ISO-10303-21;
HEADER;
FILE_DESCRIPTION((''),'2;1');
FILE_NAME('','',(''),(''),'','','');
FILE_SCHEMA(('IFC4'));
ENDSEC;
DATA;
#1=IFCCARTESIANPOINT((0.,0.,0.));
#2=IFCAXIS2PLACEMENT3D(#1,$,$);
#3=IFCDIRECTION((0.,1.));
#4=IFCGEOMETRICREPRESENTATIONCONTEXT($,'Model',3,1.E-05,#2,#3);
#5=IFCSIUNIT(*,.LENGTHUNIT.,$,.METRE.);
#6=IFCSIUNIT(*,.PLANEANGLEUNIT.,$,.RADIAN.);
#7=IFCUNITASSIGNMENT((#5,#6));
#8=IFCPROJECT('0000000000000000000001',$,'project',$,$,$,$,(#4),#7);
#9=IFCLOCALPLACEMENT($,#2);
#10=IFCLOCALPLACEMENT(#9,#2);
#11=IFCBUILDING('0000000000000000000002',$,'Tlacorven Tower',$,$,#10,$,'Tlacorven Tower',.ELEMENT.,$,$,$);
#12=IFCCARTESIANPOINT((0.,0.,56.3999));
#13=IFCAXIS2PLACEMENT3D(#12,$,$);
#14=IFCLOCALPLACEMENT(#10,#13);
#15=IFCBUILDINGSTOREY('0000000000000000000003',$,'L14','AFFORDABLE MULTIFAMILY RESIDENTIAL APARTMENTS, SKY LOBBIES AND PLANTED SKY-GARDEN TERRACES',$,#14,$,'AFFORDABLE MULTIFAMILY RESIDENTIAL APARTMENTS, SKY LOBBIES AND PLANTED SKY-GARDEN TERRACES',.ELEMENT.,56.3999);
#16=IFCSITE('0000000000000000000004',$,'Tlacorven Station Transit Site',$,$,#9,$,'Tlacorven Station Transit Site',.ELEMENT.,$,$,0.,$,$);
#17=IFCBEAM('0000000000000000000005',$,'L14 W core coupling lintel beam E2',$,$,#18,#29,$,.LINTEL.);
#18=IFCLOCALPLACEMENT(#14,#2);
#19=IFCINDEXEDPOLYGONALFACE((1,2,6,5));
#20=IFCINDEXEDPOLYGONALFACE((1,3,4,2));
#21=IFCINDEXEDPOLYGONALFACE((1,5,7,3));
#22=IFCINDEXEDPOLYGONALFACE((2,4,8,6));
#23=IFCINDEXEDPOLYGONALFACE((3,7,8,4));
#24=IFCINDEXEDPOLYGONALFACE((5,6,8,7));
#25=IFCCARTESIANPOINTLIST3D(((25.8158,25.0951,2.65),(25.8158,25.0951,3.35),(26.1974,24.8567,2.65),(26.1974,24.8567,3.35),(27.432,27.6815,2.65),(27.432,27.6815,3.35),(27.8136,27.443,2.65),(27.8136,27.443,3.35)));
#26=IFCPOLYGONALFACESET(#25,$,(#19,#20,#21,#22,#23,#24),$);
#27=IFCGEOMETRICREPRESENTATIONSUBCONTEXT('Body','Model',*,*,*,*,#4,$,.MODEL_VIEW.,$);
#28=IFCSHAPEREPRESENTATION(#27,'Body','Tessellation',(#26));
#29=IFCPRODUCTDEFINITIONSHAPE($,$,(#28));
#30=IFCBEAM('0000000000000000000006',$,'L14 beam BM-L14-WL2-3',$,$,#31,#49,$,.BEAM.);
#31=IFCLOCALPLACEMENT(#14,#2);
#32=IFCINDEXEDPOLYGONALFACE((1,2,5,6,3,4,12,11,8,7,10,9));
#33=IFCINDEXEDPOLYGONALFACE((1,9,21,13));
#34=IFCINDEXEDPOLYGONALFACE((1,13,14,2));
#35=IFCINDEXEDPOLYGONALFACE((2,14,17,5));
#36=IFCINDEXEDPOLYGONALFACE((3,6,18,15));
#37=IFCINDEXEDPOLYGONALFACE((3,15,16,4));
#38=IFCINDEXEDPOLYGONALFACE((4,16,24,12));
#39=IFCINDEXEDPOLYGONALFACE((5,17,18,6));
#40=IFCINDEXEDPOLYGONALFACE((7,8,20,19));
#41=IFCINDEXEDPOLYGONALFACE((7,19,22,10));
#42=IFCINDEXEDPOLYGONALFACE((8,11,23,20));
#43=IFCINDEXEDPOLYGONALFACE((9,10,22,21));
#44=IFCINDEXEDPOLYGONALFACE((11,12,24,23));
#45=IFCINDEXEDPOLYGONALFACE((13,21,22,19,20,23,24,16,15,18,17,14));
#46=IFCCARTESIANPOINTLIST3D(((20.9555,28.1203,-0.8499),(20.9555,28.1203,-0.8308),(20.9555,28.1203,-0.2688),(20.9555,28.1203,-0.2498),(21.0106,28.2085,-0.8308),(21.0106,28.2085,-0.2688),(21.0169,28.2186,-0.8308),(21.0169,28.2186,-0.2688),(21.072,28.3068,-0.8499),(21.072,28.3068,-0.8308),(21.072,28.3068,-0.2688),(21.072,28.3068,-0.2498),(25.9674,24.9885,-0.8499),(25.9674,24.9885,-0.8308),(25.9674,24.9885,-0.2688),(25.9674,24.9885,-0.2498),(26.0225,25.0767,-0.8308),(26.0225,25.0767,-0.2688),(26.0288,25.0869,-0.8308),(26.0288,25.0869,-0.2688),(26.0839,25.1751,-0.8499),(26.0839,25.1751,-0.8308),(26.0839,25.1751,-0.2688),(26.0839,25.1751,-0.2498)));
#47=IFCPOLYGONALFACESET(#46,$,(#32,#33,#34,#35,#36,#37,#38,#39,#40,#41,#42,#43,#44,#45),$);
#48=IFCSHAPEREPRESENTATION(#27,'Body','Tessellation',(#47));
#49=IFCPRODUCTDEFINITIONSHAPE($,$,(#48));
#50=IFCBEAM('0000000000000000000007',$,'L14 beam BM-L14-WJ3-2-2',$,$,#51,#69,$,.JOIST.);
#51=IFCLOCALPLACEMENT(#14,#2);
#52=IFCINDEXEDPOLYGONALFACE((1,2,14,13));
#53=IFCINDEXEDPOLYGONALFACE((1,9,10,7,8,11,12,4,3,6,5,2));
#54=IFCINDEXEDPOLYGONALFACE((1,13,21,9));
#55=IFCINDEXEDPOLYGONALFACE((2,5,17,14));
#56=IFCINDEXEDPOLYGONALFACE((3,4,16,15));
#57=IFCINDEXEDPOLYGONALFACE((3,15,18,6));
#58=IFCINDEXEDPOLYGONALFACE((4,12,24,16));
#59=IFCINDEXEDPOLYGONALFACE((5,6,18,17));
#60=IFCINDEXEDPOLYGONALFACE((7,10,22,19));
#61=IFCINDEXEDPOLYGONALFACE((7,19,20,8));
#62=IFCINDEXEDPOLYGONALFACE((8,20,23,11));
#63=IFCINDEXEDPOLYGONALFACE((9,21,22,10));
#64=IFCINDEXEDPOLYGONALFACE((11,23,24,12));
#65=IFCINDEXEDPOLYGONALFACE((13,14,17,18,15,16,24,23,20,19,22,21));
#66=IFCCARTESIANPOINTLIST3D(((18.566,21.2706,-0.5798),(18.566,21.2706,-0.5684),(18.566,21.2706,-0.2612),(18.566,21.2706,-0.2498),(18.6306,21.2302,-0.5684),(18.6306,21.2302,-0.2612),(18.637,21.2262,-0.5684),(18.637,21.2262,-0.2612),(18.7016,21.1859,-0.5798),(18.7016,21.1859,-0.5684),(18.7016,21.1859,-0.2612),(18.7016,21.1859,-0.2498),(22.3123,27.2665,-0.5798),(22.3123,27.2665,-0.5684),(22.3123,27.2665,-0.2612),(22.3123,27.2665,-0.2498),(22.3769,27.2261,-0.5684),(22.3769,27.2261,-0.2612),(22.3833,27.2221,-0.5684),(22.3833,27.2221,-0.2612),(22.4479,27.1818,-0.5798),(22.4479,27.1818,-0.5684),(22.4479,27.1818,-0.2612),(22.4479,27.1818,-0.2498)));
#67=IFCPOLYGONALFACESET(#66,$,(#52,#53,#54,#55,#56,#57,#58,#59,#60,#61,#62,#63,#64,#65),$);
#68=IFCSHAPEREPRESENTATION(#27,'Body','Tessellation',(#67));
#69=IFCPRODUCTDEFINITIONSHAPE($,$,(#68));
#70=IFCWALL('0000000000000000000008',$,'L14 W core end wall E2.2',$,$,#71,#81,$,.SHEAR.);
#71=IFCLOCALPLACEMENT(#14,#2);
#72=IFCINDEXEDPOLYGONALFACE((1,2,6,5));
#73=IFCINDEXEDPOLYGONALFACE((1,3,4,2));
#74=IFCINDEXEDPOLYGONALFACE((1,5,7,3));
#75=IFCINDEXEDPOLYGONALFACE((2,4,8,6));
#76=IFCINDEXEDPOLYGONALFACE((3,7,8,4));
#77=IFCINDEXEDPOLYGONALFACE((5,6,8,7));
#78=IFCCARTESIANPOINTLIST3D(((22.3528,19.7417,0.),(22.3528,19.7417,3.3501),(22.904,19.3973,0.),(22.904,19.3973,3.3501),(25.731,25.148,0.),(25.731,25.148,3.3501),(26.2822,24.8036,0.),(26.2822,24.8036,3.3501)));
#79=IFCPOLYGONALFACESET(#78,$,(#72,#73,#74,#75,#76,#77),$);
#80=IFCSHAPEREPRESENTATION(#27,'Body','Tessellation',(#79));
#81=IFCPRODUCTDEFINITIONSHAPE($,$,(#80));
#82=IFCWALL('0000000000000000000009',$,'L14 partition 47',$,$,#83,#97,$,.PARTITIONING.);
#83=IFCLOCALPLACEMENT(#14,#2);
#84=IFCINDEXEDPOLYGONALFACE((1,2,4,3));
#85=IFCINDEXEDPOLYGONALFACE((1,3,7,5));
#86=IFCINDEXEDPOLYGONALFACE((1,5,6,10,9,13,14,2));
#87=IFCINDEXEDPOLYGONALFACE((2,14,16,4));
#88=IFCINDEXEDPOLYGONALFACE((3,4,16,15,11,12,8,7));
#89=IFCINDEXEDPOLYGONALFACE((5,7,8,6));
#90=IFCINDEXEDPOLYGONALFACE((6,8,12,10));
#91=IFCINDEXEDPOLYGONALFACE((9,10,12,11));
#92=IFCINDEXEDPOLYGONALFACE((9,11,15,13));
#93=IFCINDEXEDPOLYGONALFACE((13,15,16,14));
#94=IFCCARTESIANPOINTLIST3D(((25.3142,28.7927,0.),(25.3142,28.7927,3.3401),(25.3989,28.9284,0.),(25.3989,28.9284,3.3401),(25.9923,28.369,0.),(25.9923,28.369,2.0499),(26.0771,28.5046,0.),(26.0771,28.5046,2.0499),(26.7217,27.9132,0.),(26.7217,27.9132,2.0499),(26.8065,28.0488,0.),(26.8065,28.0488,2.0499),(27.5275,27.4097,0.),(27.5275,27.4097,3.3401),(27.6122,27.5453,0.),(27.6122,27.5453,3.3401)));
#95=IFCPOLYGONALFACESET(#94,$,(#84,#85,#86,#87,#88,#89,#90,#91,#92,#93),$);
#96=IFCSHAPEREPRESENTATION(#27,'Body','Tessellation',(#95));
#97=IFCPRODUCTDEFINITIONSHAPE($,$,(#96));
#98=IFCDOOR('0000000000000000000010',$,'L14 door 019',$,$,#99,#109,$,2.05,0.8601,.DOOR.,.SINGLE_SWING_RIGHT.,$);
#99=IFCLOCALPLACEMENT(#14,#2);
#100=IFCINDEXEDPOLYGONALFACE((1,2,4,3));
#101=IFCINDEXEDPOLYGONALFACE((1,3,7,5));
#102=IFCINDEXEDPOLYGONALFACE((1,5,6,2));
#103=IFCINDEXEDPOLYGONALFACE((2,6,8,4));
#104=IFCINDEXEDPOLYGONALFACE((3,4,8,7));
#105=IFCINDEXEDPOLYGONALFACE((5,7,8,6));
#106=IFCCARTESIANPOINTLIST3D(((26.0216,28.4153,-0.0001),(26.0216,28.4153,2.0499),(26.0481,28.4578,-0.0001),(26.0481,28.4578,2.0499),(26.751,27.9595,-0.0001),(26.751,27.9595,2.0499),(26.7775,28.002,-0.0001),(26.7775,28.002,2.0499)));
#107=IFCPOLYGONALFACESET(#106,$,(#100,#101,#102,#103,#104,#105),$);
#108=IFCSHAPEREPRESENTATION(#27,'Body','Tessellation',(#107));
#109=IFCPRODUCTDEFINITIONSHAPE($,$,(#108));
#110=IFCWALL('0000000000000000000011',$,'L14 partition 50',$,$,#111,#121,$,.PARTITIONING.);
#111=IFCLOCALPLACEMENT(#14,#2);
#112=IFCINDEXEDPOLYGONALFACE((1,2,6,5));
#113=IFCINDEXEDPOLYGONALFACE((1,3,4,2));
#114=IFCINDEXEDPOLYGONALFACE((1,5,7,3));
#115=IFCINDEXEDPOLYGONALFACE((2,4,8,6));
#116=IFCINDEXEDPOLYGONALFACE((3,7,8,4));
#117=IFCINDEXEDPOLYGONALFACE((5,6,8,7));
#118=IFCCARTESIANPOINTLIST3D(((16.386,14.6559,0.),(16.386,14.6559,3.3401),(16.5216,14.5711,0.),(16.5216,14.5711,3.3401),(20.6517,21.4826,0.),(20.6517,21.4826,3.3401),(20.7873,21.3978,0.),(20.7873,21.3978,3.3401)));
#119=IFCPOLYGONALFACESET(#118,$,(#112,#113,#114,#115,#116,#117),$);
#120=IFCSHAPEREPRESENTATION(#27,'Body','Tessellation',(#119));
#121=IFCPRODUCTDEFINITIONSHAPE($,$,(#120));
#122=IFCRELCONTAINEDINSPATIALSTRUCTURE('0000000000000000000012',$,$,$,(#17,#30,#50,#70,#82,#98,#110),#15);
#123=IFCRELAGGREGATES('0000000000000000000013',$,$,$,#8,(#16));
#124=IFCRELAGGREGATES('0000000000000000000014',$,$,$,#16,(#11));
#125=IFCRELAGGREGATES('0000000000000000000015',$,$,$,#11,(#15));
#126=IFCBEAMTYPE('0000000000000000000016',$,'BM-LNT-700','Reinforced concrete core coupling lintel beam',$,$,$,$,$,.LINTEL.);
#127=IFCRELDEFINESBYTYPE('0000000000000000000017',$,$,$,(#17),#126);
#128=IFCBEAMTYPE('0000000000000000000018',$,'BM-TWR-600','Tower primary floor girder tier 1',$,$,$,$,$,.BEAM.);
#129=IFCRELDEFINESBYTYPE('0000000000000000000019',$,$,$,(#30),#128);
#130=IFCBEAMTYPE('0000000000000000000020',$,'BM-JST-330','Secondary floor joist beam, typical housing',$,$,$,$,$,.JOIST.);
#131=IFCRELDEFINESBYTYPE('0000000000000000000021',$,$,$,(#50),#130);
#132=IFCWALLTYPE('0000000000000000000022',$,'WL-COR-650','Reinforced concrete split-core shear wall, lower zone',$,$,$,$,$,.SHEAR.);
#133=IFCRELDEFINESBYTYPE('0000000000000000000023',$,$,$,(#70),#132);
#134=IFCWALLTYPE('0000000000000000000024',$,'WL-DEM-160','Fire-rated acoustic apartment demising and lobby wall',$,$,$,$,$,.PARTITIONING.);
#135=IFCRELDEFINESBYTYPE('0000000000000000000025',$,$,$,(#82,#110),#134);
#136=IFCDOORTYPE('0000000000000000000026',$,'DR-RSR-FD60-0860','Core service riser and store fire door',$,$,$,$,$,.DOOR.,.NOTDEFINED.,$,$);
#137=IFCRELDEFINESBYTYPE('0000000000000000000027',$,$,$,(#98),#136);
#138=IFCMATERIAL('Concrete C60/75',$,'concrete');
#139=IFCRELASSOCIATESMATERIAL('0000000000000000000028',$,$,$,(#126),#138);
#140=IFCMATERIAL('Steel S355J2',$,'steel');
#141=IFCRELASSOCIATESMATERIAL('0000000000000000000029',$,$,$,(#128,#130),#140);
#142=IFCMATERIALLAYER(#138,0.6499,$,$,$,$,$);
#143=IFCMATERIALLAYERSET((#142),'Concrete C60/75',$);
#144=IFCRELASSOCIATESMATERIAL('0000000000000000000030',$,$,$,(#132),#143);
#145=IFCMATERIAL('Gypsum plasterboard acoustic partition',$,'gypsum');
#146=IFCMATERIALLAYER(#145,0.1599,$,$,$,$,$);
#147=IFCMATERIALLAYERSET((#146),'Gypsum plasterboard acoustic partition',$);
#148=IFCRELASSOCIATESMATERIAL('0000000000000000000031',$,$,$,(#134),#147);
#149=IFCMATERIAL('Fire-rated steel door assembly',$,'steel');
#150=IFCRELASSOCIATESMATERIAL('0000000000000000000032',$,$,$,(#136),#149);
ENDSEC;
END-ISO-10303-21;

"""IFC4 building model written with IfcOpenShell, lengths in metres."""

from ifc_helpers import new_model, si_unit, direction, frame, frame_2d, origin, origin_2d, place, context, subcontext, project, spatial, rectangle, i_section, extrude, source, transform, mapped, material, layer, layer_set, material_profile, profile_set, type_object, element, fill, save


model = new_model("IFC4")

# Units and contexts
model_context = context("Model", 3, precision=1e-05, world=origin(), true_north=direction((0.0, 1.0)))
body_context = subcontext(model_context, "Body", "Model", "MODEL_VIEW")
ifc_project = project(units=[si_unit("LENGTHUNIT", "METRE"), si_unit("PLANEANGLEUNIT", "RADIAN")], contexts=[model_context])

# Site, building, storey
site_placement = place(None, origin())
site = spatial("IfcSite", under=ifc_project, at=site_placement, Name="Tlacorven Station Transit Site", LongName="Tlacorven Station Transit Site", CompositionType="ELEMENT", RefElevation=0.0)
building_placement = place(site_placement, origin())
building = spatial("IfcBuilding", under=site, at=building_placement, Name="Tlacorven Tower", LongName="Tlacorven Tower", CompositionType="ELEMENT")
storey_placement = place(building_placement, frame((0.0, 0.0, 56.3999)))
storey = spatial("IfcBuildingStorey", under=building, at=storey_placement, Name="L14", Description="AFFORDABLE MULTIFAMILY RESIDENTIAL APARTMENTS, SKY LOBBIES AND PLANTED SKY-GARDEN TERRACES", LongName="AFFORDABLE MULTIFAMILY RESIDENTIAL APARTMENTS, SKY LOBBIES AND PLANTED SKY-GARDEN TERRACES", CompositionType="ELEMENT", Elevation=56.3999)

# Beams
ifc_material_1 = material(Name="Concrete C60/75", Category="concrete")
ifc_material_profile_1 = material_profile(ifc_material_1, rectangle(XDim=0.45, YDim=0.7, at=origin_2d()), Name="RC 450X700")
ifc_profile_set_1 = profile_set([ifc_material_profile_1], Name="Concrete C60/75")
beam_type_1 = type_object("IfcBeamType", Name="BM-LNT-700", Description="Reinforced concrete core coupling lintel beam", PredefinedType="LINTEL", material=ifc_profile_set_1)
shared_shape_1 = source(origin(), body_context, "Body", "SweptSolid", [
    extrude(rectangle(XDim=0.45, YDim=0.7, at=origin_2d()), origin(), (0.0, 0.0, 1.0), 3.0498),
])
beam_1_placement = place(storey_placement, frame((27.6228, 27.5623, 3.0), z_axis=(-0.529927, -0.848043, 0.0), x_axis=(0.848043, -0.529927, 0.0)))
element("IfcBeam", 1, at=beam_1_placement, inside=storey, type_object=beam_type_1, Name="L14 W core coupling lintel beam E2", PredefinedType="LINTEL", context=body_context, shape_type="MappedRepresentation", body=[
    mapped(shared_shape_1, transform((0.0, 0.0, 0.0), scale=1.0)),
])
ifc_material_2 = material(Name="Steel S355J2", Category="steel")
ifc_material_profile_2 = material_profile(ifc_material_2, i_section(OverallWidth=0.22, OverallDepth=0.6001, WebThickness=0.012, FlangeThickness=0.019, at=origin_2d()), Name="IPE 600")
ifc_profile_set_2 = profile_set([ifc_material_profile_2], Name="Steel S355J2")
beam_type_2 = type_object("IfcBeamType", Name="BM-TWR-600", Description="Tower primary floor girder tier 1", PredefinedType="BEAM", material=ifc_profile_set_2)
shared_shape_2 = source(origin(), body_context, "Body", "SweptSolid", [
    extrude(i_section(OverallWidth=0.22, OverallDepth=0.6001, WebThickness=0.012, FlangeThickness=0.019, at=origin_2d()), origin(), (0.0, 0.0, 1.0), 5.9099),
])
beam_2_placement = place(storey_placement, frame((26.0256, 25.0818, -0.5498), z_axis=(-0.848047, 0.529921, 0.0), x_axis=(-0.529921, -0.848047, 0.0)))
element("IfcBeam", 2, at=beam_2_placement, inside=storey, type_object=beam_type_2, Name="L14 beam BM-L14-WL2-3", PredefinedType="BEAM", context=body_context, shape_type="MappedRepresentation", body=[
    mapped(shared_shape_2, transform((0.0, 0.0, 0.0), scale=1.0)),
])
ifc_material_profile_3 = material_profile(ifc_material_2, i_section(OverallWidth=0.1599, OverallDepth=0.3301, WebThickness=0.0076, FlangeThickness=0.0115, at=origin_2d()), Name="IPE 330")
ifc_profile_set_3 = profile_set([ifc_material_profile_3], Name="Steel S355J2")
beam_type_3 = type_object("IfcBeamType", Name="BM-JST-330", Description="Secondary floor joist beam, typical housing", PredefinedType="JOIST", material=ifc_profile_set_3)
shared_shape_3 = source(origin(), body_context, "Body", "SweptSolid", [
    extrude(i_section(OverallWidth=0.1599, OverallDepth=0.3301, WebThickness=0.0076, FlangeThickness=0.0115, at=origin_2d()), origin(), (0.0, 0.0, 1.0), 7.0701),
])
beam_3_placement = place(storey_placement, frame((22.3801, 27.2241, -0.4148), z_axis=(-0.52989, -0.848066, 0.0), x_axis=(0.848066, -0.52989, 0.0)))
element("IfcBeam", 3, at=beam_3_placement, inside=storey, type_object=beam_type_3, Name="L14 beam BM-L14-WJ3-2-2", PredefinedType="JOIST", context=body_context, shape_type="MappedRepresentation", body=[
    mapped(shared_shape_3, transform((0.0, 0.0, 0.0), scale=1.0)),
])

# Wall
ifc_layer_1 = layer(ifc_material_1, 0.6499)
ifc_layer_set_1 = layer_set([ifc_layer_1], Name="Concrete C60/75")
wall_type_1 = type_object("IfcWallType", Name="WL-COR-650", Description="Reinforced concrete split-core shear wall, lower zone", PredefinedType="SHEAR", material=ifc_layer_set_1)
wall_1_placement = place(storey_placement, frame((26.0066, 24.9758, 0.0), z_axis=(0.0, 0.0, 1.0), x_axis=(-0.529916, -0.84805, 0.0)))
element("IfcWall", 4, at=wall_1_placement, inside=storey, type_object=wall_type_1, Name="L14 W core end wall E2.2", PredefinedType="SHEAR", context=body_context, shape_type="SweptSolid", body=[
    extrude(rectangle(XDim=6.375, YDim=0.6499, at=frame_2d((3.1875, 0.0))), origin(), (0.0, 0.0, 1.0), 3.3501),
])

# Wall, opening, door
ifc_material_3 = material(Name="Gypsum plasterboard acoustic partition", Category="gypsum")
ifc_layer_2 = layer(ifc_material_3, 0.1599)
ifc_layer_set_2 = layer_set([ifc_layer_2], Name="Gypsum plasterboard acoustic partition")
wall_type_2 = type_object("IfcWallType", Name="WL-DEM-160", Description="Fire-rated acoustic apartment demising and lobby wall", PredefinedType="PARTITIONING", material=ifc_layer_set_2)
wall_2_placement = place(storey_placement, frame((27.5698, 27.4775, 0.0), z_axis=(0.0, 0.0, 1.0), x_axis=(-0.848051, 0.529915, 0.0)))
wall_2 = element("IfcWall", 5, at=wall_2_placement, inside=storey, type_object=wall_type_2, Name="L14 partition 47", PredefinedType="PARTITIONING", context=body_context, shape_type="SweptSolid", body=[
    extrude(rectangle(XDim=2.6099, YDim=0.1599, at=frame_2d((1.3049, 0.0))), origin(), (0.0, 0.0, 1.0), 3.3401),
])
opening_1_placement = place(wall_2_placement, frame((0.95, 0.0, 0.0)))
opening_1 = element("IfcOpeningElement", 6, at=opening_1_placement, cuts=wall_2, PredefinedType="OPENING", context=body_context, shape_type="SweptSolid", body=[
    extrude(rectangle(XDim=0.8601, YDim=2.05, at=frame_2d((0.4302, 1.0249))), frame((0.0, 0.0898, 0.0), z_axis=(0.0, -1.0, 0.0), x_axis=(1.0, 0.0, 0.0)), (0.0, 0.0, 1.0), 0.1799),
])
ifc_material_4 = material(Name="Fire-rated steel door assembly", Category="steel")
door_type_1 = type_object("IfcDoorType", Name="DR-RSR-FD60-0860", Description="Core service riser and store fire door", OperationType="NOTDEFINED", PredefinedType="DOOR", material=ifc_material_4)
shared_shape_4 = source(origin(), body_context, "Body", "SweptSolid", [
    extrude(rectangle(XDim=0.8601, YDim=2.05, at=frame_2d((0.4302, 1.0249))), frame((0.0, 0.0249, 0.0), z_axis=(0.0, -1.0, 0.0), x_axis=(1.0, 0.0, 0.0)), (0.0, 0.0, 1.0), 0.05),
])
door_1_placement = place(opening_1_placement, frame((0.8601, 0.0, 0.0), z_axis=(0.0, 0.0, 1.0), x_axis=(-1.0, 0.0, 0.0)))
door_1 = element("IfcDoor", 7, at=door_1_placement, inside=storey, type_object=door_type_1, Name="L14 door 019", OperationType="SINGLE_SWING_RIGHT", OverallHeight=2.05, OverallWidth=0.8601, PredefinedType="DOOR", context=body_context, shape_type="MappedRepresentation", body=[
    mapped(shared_shape_4, transform((0.0, 0.0, 0.0), scale=1.0)),
])
fill(opening_1, door_1)

# Wall
wall_3_placement = place(storey_placement, frame((20.7195, 21.4402, 0.0), z_axis=(0.0, 0.0, 1.0), x_axis=(-0.529906, -0.848056, 0.0)))
element("IfcWall", 8, at=wall_3_placement, inside=storey, type_object=wall_type_2, Name="L14 partition 50", PredefinedType="PARTITIONING", context=body_context, shape_type="SweptSolid", body=[
    extrude(rectangle(XDim=8.0498, YDim=0.1599, at=frame_2d((4.0249, 0.0))), origin(), (0.0, 0.0, 1.0), 3.3401),
])

save(model, "model.ifc")
